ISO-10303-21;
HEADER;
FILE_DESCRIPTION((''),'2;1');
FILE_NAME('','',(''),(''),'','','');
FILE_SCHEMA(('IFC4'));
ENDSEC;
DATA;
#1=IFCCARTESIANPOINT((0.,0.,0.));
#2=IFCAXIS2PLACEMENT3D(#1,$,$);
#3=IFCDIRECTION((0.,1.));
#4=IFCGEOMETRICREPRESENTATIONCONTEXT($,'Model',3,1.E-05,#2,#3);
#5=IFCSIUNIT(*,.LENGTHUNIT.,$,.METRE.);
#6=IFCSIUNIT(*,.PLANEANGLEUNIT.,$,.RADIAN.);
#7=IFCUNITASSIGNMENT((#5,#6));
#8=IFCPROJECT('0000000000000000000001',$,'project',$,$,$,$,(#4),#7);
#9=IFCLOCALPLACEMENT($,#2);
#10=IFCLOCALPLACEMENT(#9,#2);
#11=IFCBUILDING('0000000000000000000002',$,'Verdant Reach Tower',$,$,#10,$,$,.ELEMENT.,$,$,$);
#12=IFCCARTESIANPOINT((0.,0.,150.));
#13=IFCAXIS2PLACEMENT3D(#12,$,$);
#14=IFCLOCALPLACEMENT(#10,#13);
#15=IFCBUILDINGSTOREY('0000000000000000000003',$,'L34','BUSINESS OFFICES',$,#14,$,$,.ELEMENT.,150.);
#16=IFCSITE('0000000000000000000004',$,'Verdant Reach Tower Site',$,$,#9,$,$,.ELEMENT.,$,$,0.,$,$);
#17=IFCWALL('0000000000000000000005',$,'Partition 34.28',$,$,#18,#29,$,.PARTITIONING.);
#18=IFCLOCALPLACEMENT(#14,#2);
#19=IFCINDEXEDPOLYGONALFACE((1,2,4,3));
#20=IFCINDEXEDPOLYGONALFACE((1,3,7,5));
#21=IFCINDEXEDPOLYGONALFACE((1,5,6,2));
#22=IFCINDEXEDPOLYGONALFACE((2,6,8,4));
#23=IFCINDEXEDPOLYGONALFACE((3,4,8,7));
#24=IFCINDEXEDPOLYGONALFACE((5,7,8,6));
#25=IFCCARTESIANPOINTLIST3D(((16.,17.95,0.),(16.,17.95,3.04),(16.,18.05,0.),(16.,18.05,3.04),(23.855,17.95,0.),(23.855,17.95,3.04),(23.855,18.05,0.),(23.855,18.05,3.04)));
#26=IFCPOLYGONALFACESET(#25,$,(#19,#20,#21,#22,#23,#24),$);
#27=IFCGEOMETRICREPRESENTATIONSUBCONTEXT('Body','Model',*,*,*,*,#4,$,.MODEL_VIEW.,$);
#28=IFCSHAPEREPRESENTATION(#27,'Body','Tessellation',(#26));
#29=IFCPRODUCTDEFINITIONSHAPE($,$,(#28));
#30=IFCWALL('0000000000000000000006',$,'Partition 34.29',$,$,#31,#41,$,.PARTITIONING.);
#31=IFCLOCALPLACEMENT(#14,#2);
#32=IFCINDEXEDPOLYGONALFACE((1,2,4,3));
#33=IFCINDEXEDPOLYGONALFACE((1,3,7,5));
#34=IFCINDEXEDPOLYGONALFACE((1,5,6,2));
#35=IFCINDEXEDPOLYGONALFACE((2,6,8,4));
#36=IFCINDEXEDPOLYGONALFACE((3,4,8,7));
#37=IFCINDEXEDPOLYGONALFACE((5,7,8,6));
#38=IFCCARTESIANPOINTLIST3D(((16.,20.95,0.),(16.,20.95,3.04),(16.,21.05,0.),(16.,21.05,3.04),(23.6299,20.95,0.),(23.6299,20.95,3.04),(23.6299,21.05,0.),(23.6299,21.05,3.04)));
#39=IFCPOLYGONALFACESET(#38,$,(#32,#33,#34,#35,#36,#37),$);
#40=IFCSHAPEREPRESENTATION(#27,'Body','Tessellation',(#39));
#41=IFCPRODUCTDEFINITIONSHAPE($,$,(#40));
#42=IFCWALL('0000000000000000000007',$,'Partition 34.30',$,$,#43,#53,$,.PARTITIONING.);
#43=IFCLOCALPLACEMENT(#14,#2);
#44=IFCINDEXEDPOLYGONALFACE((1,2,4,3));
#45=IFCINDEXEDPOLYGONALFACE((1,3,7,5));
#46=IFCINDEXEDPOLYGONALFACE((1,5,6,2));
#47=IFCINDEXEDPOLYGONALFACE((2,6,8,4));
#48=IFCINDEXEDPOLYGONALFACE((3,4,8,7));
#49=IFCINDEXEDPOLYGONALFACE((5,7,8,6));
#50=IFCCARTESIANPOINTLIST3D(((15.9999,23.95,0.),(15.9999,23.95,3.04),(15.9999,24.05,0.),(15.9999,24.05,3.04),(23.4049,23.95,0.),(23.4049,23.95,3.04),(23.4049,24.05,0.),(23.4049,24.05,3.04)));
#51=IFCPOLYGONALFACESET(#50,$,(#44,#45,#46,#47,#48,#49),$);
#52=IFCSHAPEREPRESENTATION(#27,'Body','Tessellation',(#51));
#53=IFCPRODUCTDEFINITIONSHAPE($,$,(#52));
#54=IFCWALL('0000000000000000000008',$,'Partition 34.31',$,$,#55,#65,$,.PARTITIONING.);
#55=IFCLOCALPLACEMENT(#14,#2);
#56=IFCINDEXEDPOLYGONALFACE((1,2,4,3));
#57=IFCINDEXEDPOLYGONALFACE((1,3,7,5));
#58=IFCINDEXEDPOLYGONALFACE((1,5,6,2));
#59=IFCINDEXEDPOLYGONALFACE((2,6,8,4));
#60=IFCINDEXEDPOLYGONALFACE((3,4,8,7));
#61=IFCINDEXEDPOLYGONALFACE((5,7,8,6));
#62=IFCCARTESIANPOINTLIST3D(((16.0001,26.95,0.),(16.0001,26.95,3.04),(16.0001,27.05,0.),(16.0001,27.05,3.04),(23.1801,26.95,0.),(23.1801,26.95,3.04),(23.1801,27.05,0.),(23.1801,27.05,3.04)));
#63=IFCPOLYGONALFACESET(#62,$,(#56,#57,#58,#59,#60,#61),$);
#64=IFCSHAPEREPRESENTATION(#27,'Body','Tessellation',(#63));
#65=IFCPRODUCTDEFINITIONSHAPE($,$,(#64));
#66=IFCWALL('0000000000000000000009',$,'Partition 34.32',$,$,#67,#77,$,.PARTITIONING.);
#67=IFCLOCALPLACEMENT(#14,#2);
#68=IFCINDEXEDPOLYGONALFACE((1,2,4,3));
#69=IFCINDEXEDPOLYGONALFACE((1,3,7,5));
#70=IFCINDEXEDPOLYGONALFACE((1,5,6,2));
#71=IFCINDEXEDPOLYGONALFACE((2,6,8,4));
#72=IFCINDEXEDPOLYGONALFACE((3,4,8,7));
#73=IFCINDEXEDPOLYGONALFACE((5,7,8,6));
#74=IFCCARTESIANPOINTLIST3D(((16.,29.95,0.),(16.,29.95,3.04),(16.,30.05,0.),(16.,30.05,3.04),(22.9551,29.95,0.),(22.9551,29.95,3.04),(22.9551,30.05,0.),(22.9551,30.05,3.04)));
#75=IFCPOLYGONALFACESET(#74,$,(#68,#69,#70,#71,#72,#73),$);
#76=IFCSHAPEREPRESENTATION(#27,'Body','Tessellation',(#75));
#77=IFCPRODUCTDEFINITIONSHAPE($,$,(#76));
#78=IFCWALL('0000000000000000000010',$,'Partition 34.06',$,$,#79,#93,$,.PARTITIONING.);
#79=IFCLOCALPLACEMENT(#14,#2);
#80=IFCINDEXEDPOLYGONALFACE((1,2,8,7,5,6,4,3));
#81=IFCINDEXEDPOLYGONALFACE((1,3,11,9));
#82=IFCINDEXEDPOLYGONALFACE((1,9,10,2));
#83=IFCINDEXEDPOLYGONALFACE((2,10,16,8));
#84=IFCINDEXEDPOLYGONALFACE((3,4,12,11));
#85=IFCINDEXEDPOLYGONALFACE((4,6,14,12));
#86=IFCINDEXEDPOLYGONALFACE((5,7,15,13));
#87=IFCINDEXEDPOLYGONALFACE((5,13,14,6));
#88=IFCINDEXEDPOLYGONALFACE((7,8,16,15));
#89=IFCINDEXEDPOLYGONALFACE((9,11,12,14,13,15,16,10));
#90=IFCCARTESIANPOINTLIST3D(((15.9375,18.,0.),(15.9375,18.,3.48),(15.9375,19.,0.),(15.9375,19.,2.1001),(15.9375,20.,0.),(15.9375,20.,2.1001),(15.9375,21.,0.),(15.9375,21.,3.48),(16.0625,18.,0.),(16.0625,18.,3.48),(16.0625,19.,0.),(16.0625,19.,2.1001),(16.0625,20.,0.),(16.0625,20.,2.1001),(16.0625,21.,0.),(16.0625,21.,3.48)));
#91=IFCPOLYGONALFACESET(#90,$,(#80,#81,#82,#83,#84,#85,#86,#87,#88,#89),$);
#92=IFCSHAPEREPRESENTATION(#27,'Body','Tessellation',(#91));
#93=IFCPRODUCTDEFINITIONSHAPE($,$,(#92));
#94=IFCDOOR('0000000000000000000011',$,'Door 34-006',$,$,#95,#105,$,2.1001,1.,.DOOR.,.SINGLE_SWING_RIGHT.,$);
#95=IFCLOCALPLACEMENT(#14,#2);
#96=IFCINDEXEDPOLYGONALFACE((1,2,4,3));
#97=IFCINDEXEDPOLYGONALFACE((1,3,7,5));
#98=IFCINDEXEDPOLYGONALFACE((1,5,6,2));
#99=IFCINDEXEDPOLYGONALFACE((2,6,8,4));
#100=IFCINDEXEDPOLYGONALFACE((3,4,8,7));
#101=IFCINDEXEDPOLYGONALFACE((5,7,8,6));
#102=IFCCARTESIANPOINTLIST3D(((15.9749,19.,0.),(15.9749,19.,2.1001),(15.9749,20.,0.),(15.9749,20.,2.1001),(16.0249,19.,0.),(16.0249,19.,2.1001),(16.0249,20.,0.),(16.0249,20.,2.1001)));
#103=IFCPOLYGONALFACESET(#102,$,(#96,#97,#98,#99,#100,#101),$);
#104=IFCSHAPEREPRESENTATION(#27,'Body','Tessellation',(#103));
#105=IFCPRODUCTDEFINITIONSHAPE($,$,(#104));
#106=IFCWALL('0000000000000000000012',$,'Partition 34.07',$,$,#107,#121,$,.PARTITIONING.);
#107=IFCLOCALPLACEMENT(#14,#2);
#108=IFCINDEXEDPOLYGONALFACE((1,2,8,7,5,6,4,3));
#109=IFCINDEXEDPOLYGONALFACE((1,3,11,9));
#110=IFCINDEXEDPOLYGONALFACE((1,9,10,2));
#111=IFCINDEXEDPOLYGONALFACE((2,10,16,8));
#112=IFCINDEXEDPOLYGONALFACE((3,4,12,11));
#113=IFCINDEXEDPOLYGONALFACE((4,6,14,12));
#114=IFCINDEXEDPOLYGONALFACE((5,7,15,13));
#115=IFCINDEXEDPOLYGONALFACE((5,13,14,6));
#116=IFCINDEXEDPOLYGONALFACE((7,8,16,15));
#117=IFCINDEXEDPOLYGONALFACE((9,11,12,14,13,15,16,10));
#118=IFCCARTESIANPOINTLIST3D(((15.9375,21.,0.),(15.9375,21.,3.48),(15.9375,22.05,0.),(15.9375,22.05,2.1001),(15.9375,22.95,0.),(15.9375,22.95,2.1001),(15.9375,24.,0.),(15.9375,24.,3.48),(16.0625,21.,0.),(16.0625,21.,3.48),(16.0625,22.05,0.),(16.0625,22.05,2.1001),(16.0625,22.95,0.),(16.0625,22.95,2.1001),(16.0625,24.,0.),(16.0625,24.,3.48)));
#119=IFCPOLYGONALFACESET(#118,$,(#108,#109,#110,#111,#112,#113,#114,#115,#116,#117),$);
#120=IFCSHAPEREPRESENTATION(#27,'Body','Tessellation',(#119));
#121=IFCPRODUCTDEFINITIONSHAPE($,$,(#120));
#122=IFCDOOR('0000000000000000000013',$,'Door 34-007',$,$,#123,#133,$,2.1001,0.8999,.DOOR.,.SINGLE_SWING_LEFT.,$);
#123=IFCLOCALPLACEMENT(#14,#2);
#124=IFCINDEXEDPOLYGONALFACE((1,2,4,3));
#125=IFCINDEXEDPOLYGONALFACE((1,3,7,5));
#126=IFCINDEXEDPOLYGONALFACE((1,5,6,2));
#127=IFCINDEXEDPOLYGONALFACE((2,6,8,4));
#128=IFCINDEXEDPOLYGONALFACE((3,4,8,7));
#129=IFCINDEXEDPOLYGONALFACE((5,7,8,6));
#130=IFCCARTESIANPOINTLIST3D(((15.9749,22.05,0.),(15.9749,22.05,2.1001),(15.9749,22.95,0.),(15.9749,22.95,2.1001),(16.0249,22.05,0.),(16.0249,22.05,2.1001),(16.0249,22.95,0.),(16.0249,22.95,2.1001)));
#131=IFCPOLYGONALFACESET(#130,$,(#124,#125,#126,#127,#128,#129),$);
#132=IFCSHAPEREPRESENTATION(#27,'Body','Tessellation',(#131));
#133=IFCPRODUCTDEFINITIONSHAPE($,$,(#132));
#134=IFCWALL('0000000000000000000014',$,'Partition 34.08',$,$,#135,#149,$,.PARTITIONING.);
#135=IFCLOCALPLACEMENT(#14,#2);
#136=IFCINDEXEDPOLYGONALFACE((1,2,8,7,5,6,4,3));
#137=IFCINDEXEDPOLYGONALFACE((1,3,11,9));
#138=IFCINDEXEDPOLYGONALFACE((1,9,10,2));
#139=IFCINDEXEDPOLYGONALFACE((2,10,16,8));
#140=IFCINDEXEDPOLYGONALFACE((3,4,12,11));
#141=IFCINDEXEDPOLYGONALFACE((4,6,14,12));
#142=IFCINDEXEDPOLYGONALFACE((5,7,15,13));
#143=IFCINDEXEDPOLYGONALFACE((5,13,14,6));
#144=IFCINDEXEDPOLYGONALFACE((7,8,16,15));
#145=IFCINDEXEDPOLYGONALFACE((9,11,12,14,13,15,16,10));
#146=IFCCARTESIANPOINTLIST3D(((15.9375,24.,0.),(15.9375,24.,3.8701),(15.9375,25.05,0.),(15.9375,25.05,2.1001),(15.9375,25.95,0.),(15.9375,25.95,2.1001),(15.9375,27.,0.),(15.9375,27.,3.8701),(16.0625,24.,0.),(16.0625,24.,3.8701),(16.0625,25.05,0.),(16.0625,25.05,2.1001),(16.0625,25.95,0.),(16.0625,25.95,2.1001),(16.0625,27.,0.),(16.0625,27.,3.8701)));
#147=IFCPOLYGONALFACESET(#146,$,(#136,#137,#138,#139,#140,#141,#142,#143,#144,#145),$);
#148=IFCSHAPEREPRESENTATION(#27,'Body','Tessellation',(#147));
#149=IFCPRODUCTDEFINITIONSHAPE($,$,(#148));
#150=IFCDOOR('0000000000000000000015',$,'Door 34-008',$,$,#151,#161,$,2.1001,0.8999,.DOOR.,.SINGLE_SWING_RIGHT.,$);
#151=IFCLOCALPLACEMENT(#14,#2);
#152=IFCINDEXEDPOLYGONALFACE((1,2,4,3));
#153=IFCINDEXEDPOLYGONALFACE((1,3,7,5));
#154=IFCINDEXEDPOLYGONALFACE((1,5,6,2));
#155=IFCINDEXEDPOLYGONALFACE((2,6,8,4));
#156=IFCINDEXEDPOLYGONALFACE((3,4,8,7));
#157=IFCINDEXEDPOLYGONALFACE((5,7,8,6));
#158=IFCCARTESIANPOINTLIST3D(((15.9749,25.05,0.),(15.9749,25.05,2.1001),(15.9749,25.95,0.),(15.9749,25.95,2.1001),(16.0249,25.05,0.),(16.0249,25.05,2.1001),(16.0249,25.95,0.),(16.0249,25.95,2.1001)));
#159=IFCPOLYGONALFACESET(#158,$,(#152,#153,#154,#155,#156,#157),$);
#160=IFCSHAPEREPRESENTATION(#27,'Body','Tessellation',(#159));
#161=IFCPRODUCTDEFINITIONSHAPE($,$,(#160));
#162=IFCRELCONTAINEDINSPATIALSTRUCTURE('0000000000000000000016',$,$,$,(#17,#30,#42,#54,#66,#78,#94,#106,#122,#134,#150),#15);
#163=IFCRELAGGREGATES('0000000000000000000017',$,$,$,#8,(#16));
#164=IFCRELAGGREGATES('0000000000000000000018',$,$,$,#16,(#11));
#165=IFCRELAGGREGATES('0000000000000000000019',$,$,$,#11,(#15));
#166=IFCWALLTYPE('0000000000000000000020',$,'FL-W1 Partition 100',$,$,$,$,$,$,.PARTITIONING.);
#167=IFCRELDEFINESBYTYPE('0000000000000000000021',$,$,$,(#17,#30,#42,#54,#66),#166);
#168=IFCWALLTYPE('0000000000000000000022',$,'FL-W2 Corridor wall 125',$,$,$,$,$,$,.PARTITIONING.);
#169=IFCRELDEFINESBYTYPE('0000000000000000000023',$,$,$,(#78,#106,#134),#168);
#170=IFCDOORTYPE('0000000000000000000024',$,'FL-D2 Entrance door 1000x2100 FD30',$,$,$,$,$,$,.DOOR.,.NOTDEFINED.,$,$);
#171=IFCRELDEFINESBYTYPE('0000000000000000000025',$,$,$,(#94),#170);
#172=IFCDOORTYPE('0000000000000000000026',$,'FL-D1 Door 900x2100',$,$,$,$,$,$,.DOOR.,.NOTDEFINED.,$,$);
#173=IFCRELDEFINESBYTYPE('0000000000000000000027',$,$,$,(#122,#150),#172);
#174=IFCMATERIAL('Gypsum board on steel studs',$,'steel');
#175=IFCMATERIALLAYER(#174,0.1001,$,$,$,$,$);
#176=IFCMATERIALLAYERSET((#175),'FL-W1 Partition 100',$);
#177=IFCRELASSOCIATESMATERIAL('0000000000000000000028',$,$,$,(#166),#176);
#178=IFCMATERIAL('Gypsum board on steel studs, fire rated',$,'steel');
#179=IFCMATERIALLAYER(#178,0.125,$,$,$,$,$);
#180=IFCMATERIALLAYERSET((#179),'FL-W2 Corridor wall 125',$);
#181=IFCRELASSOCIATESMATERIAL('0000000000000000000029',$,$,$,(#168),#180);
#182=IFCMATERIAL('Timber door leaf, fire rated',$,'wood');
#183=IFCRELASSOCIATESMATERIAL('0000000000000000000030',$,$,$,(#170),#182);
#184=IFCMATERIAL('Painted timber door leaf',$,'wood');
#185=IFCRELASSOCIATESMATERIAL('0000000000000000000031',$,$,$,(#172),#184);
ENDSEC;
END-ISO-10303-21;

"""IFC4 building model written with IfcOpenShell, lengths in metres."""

from ifc_helpers import new_model, si_unit, direction, frame, frame_2d, origin, place, context, subcontext, project, spatial, rectangle, extrude, material, layer, layer_set, type_object, element, fill, save


model = new_model("IFC4")

# Units and contexts
model_context = context("Model", 3, precision=1e-05, world=origin(), true_north=direction((0.0, 1.0)))
body_context = subcontext(model_context, "Body", "Model", "MODEL_VIEW")
ifc_project = project(units=[si_unit("LENGTHUNIT", "METRE"), si_unit("PLANEANGLEUNIT", "RADIAN")], contexts=[model_context])

# Site, building, storey
site_placement = place(None, origin())
site = spatial("IfcSite", under=ifc_project, at=site_placement, Name="Verdant Reach Tower Site", CompositionType="ELEMENT", RefElevation=0.0)
building_placement = place(site_placement, origin())
building = spatial("IfcBuilding", under=site, at=building_placement, Name="Verdant Reach Tower", CompositionType="ELEMENT")
storey_placement = place(building_placement, frame((0.0, 0.0, 150.0)))
storey = spatial("IfcBuildingStorey", under=building, at=storey_placement, Name="L34", Description="BUSINESS OFFICES", CompositionType="ELEMENT", Elevation=150.0)

# Walls
ifc_material_1 = material(Name="Gypsum board on steel studs", Category="steel")
ifc_layer_1 = layer(ifc_material_1, 0.1001)
ifc_layer_set_1 = layer_set([ifc_layer_1], Name="FL-W1 Partition 100")
wall_type_1 = type_object("IfcWallType", Name="FL-W1 Partition 100", PredefinedType="PARTITIONING", material=ifc_layer_set_1)
wall_1_placement = place(storey_placement, frame((23.855, 18.0, 0.0), z_axis=(0.0, 0.0, 1.0), x_axis=(-1.0, 0.0, 0.0)))
element("IfcWall", 1, at=wall_1_placement, inside=storey, type_object=wall_type_1, Name="Partition 34.28", PredefinedType="PARTITIONING", context=body_context, shape_type="SweptSolid", body=[
    extrude(rectangle(XDim=7.855, YDim=0.1001, at=frame_2d((3.9275, 0.0))), origin(), (0.0, 0.0, 1.0), 3.04),
])
wall_2_placement = place(storey_placement, frame((23.6299, 21.0, 0.0), z_axis=(0.0, 0.0, 1.0), x_axis=(-1.0, 0.0, 0.0)))
element("IfcWall", 2, at=wall_2_placement, inside=storey, type_object=wall_type_1, Name="Partition 34.29", PredefinedType="PARTITIONING", context=body_context, shape_type="SweptSolid", body=[
    extrude(rectangle(XDim=7.6299, YDim=0.1001, at=frame_2d((3.8149, 0.0))), origin(), (0.0, 0.0, 1.0), 3.04),
])
wall_3_placement = place(storey_placement, frame((23.405, 24.0, 0.0), z_axis=(0.0, 0.0, 1.0), x_axis=(-1.0, 0.0, 0.0)))
element("IfcWall", 3, at=wall_3_placement, inside=storey, type_object=wall_type_1, Name="Partition 34.30", PredefinedType="PARTITIONING", context=body_context, shape_type="SweptSolid", body=[
    extrude(rectangle(XDim=7.405, YDim=0.1001, at=frame_2d((3.7026, 0.0))), origin(), (0.0, 0.0, 1.0), 3.04),
])
wall_4_placement = place(storey_placement, frame((23.1799, 27.0, 0.0), z_axis=(0.0, 0.0, 1.0), x_axis=(-1.0, 0.0, 0.0)))
element("IfcWall", 4, at=wall_4_placement, inside=storey, type_object=wall_type_1, Name="Partition 34.31", PredefinedType="PARTITIONING", context=body_context, shape_type="SweptSolid", body=[
    extrude(rectangle(XDim=7.1799, YDim=0.1001, at=frame_2d((3.5898, 0.0))), origin(), (0.0, 0.0, 1.0), 3.04),
])
wall_5_placement = place(storey_placement, frame((22.9551, 30.0, 0.0), z_axis=(0.0, 0.0, 1.0), x_axis=(-1.0, 0.0, 0.0)))
element("IfcWall", 5, at=wall_5_placement, inside=storey, type_object=wall_type_1, Name="Partition 34.32", PredefinedType="PARTITIONING", context=body_context, shape_type="SweptSolid", body=[
    extrude(rectangle(XDim=6.9551, YDim=0.1001, at=frame_2d((3.4775, 0.0))), origin(), (0.0, 0.0, 1.0), 3.04),
])

# Walls, openings, doors
ifc_material_2 = material(Name="Gypsum board on steel studs, fire rated", Category="steel")
ifc_layer_2 = layer(ifc_material_2, 0.125)
ifc_layer_set_2 = layer_set([ifc_layer_2], Name="FL-W2 Corridor wall 125")
wall_type_2 = type_object("IfcWallType", Name="FL-W2 Corridor wall 125", PredefinedType="PARTITIONING", material=ifc_layer_set_2)
wall_6_placement = place(storey_placement, frame((16.0, 21.0, 0.0), z_axis=(0.0, 0.0, 1.0), x_axis=(0.0, -1.0, 0.0)))
wall_6 = element("IfcWall", 6, at=wall_6_placement, inside=storey, type_object=wall_type_2, Name="Partition 34.06", PredefinedType="PARTITIONING", context=body_context, shape_type="SweptSolid", body=[
    extrude(rectangle(XDim=3.0, YDim=0.125, at=frame_2d((1.5, 0.0))), origin(), (0.0, 0.0, 1.0), 3.48),
])
opening_1_placement = place(wall_6_placement, frame((1.0, 0.0, 0.0)))
opening_1 = element("IfcOpeningElement", 7, at=opening_1_placement, cuts=wall_6, PredefinedType="OPENING", context=body_context, shape_type="SweptSolid", body=[
    extrude(rectangle(XDim=1.0, YDim=2.1001, at=frame_2d((0.5, 1.05))), frame((0.0, 0.0725, 0.0), z_axis=(0.0, -1.0, 0.0), x_axis=(1.0, 0.0, 0.0)), (0.0, 0.0, 1.0), 0.145),
])
ifc_material_3 = material(Name="Timber door leaf, fire rated", Category="wood")
door_type_1 = type_object("IfcDoorType", Name="FL-D2 Entrance door 1000x2100 FD30", OperationType="NOTDEFINED", PredefinedType="DOOR", material=ifc_material_3)
door_1_placement = place(opening_1_placement, origin())
door_1 = element("IfcDoor", 8, at=door_1_placement, inside=storey, type_object=door_type_1, Name="Door 34-006", OperationType="SINGLE_SWING_RIGHT", OverallHeight=2.1001, OverallWidth=1.0, PredefinedType="DOOR", context=body_context, shape_type="SweptSolid", body=[
    extrude(rectangle(XDim=1.0, YDim=2.1001, at=frame_2d((0.5, 1.05))), frame((0.0, 0.0249, 0.0), z_axis=(0.0, -1.0, 0.0), x_axis=(1.0, 0.0, 0.0)), (0.0, 0.0, 1.0), 0.05),
])
fill(opening_1, door_1)
wall_7_placement = place(storey_placement, frame((16.0, 24.0, 0.0), z_axis=(0.0, 0.0, 1.0), x_axis=(0.0, -1.0, 0.0)))
wall_7 = element("IfcWall", 9, at=wall_7_placement, inside=storey, type_object=wall_type_2, Name="Partition 34.07", PredefinedType="PARTITIONING", context=body_context, shape_type="SweptSolid", body=[
    extrude(rectangle(XDim=3.0, YDim=0.125, at=frame_2d((1.5, 0.0))), origin(), (0.0, 0.0, 1.0), 3.48),
])
opening_2_placement = place(wall_7_placement, frame((1.05, 0.0, 0.0)))
opening_2 = element("IfcOpeningElement", 10, at=opening_2_placement, cuts=wall_7, PredefinedType="OPENING", context=body_context, shape_type="SweptSolid", body=[
    extrude(rectangle(XDim=0.8999, YDim=2.1001, at=frame_2d((0.45, 1.05))), frame((0.0, 0.0725, 0.0), z_axis=(0.0, -1.0, 0.0), x_axis=(1.0, 0.0, 0.0)), (0.0, 0.0, 1.0), 0.145),
])
ifc_material_4 = material(Name="Painted timber door leaf", Category="wood")
door_type_2 = type_object("IfcDoorType", Name="FL-D1 Door 900x2100", OperationType="NOTDEFINED", PredefinedType="DOOR", material=ifc_material_4)
door_2_placement = place(opening_2_placement, origin())
door_2 = element("IfcDoor", 11, at=door_2_placement, inside=storey, type_object=door_type_2, Name="Door 34-007", OperationType="SINGLE_SWING_LEFT", OverallHeight=2.1001, OverallWidth=0.8999, PredefinedType="DOOR", context=body_context, shape_type="SweptSolid", body=[
    extrude(rectangle(XDim=0.8999, YDim=2.1001, at=frame_2d((0.45, 1.05))), frame((0.0, 0.0249, 0.0), z_axis=(0.0, -1.0, 0.0), x_axis=(1.0, 0.0, 0.0)), (0.0, 0.0, 1.0), 0.05),
])
fill(opening_2, door_2)
wall_8_placement = place(storey_placement, frame((16.0, 27.0, 0.0), z_axis=(0.0, 0.0, 1.0), x_axis=(0.0, -1.0, 0.0)))
wall_8 = element("IfcWall", 12, at=wall_8_placement, inside=storey, type_object=wall_type_2, Name="Partition 34.08", PredefinedType="PARTITIONING", context=body_context, shape_type="SweptSolid", body=[
    extrude(rectangle(XDim=3.0, YDim=0.125, at=frame_2d((1.5, 0.0))), origin(), (0.0, 0.0, 1.0), 3.8701),
])
opening_3_placement = place(wall_8_placement, frame((1.05, 0.0, 0.0)))
opening_3 = element("IfcOpeningElement", 13, at=opening_3_placement, cuts=wall_8, PredefinedType="OPENING", context=body_context, shape_type="SweptSolid", body=[
    extrude(rectangle(XDim=0.8999, YDim=2.1001, at=frame_2d((0.45, 1.05))), frame((0.0, 0.0725, 0.0), z_axis=(0.0, -1.0, 0.0), x_axis=(1.0, 0.0, 0.0)), (0.0, 0.0, 1.0), 0.145),
])
door_3_placement = place(opening_3_placement, origin())
door_3 = element("IfcDoor", 14, at=door_3_placement, inside=storey, type_object=door_type_2, Name="Door 34-008", OperationType="SINGLE_SWING_RIGHT", OverallHeight=2.1001, OverallWidth=0.8999, PredefinedType="DOOR", context=body_context, shape_type="SweptSolid", body=[
    extrude(rectangle(XDim=0.8999, YDim=2.1001, at=frame_2d((0.45, 1.05))), frame((0.0, 0.0249, 0.0), z_axis=(0.0, -1.0, 0.0), x_axis=(1.0, 0.0, 0.0)), (0.0, 0.0, 1.0), 0.05),
])
fill(opening_3, door_3)

save(model, "model.ifc")
